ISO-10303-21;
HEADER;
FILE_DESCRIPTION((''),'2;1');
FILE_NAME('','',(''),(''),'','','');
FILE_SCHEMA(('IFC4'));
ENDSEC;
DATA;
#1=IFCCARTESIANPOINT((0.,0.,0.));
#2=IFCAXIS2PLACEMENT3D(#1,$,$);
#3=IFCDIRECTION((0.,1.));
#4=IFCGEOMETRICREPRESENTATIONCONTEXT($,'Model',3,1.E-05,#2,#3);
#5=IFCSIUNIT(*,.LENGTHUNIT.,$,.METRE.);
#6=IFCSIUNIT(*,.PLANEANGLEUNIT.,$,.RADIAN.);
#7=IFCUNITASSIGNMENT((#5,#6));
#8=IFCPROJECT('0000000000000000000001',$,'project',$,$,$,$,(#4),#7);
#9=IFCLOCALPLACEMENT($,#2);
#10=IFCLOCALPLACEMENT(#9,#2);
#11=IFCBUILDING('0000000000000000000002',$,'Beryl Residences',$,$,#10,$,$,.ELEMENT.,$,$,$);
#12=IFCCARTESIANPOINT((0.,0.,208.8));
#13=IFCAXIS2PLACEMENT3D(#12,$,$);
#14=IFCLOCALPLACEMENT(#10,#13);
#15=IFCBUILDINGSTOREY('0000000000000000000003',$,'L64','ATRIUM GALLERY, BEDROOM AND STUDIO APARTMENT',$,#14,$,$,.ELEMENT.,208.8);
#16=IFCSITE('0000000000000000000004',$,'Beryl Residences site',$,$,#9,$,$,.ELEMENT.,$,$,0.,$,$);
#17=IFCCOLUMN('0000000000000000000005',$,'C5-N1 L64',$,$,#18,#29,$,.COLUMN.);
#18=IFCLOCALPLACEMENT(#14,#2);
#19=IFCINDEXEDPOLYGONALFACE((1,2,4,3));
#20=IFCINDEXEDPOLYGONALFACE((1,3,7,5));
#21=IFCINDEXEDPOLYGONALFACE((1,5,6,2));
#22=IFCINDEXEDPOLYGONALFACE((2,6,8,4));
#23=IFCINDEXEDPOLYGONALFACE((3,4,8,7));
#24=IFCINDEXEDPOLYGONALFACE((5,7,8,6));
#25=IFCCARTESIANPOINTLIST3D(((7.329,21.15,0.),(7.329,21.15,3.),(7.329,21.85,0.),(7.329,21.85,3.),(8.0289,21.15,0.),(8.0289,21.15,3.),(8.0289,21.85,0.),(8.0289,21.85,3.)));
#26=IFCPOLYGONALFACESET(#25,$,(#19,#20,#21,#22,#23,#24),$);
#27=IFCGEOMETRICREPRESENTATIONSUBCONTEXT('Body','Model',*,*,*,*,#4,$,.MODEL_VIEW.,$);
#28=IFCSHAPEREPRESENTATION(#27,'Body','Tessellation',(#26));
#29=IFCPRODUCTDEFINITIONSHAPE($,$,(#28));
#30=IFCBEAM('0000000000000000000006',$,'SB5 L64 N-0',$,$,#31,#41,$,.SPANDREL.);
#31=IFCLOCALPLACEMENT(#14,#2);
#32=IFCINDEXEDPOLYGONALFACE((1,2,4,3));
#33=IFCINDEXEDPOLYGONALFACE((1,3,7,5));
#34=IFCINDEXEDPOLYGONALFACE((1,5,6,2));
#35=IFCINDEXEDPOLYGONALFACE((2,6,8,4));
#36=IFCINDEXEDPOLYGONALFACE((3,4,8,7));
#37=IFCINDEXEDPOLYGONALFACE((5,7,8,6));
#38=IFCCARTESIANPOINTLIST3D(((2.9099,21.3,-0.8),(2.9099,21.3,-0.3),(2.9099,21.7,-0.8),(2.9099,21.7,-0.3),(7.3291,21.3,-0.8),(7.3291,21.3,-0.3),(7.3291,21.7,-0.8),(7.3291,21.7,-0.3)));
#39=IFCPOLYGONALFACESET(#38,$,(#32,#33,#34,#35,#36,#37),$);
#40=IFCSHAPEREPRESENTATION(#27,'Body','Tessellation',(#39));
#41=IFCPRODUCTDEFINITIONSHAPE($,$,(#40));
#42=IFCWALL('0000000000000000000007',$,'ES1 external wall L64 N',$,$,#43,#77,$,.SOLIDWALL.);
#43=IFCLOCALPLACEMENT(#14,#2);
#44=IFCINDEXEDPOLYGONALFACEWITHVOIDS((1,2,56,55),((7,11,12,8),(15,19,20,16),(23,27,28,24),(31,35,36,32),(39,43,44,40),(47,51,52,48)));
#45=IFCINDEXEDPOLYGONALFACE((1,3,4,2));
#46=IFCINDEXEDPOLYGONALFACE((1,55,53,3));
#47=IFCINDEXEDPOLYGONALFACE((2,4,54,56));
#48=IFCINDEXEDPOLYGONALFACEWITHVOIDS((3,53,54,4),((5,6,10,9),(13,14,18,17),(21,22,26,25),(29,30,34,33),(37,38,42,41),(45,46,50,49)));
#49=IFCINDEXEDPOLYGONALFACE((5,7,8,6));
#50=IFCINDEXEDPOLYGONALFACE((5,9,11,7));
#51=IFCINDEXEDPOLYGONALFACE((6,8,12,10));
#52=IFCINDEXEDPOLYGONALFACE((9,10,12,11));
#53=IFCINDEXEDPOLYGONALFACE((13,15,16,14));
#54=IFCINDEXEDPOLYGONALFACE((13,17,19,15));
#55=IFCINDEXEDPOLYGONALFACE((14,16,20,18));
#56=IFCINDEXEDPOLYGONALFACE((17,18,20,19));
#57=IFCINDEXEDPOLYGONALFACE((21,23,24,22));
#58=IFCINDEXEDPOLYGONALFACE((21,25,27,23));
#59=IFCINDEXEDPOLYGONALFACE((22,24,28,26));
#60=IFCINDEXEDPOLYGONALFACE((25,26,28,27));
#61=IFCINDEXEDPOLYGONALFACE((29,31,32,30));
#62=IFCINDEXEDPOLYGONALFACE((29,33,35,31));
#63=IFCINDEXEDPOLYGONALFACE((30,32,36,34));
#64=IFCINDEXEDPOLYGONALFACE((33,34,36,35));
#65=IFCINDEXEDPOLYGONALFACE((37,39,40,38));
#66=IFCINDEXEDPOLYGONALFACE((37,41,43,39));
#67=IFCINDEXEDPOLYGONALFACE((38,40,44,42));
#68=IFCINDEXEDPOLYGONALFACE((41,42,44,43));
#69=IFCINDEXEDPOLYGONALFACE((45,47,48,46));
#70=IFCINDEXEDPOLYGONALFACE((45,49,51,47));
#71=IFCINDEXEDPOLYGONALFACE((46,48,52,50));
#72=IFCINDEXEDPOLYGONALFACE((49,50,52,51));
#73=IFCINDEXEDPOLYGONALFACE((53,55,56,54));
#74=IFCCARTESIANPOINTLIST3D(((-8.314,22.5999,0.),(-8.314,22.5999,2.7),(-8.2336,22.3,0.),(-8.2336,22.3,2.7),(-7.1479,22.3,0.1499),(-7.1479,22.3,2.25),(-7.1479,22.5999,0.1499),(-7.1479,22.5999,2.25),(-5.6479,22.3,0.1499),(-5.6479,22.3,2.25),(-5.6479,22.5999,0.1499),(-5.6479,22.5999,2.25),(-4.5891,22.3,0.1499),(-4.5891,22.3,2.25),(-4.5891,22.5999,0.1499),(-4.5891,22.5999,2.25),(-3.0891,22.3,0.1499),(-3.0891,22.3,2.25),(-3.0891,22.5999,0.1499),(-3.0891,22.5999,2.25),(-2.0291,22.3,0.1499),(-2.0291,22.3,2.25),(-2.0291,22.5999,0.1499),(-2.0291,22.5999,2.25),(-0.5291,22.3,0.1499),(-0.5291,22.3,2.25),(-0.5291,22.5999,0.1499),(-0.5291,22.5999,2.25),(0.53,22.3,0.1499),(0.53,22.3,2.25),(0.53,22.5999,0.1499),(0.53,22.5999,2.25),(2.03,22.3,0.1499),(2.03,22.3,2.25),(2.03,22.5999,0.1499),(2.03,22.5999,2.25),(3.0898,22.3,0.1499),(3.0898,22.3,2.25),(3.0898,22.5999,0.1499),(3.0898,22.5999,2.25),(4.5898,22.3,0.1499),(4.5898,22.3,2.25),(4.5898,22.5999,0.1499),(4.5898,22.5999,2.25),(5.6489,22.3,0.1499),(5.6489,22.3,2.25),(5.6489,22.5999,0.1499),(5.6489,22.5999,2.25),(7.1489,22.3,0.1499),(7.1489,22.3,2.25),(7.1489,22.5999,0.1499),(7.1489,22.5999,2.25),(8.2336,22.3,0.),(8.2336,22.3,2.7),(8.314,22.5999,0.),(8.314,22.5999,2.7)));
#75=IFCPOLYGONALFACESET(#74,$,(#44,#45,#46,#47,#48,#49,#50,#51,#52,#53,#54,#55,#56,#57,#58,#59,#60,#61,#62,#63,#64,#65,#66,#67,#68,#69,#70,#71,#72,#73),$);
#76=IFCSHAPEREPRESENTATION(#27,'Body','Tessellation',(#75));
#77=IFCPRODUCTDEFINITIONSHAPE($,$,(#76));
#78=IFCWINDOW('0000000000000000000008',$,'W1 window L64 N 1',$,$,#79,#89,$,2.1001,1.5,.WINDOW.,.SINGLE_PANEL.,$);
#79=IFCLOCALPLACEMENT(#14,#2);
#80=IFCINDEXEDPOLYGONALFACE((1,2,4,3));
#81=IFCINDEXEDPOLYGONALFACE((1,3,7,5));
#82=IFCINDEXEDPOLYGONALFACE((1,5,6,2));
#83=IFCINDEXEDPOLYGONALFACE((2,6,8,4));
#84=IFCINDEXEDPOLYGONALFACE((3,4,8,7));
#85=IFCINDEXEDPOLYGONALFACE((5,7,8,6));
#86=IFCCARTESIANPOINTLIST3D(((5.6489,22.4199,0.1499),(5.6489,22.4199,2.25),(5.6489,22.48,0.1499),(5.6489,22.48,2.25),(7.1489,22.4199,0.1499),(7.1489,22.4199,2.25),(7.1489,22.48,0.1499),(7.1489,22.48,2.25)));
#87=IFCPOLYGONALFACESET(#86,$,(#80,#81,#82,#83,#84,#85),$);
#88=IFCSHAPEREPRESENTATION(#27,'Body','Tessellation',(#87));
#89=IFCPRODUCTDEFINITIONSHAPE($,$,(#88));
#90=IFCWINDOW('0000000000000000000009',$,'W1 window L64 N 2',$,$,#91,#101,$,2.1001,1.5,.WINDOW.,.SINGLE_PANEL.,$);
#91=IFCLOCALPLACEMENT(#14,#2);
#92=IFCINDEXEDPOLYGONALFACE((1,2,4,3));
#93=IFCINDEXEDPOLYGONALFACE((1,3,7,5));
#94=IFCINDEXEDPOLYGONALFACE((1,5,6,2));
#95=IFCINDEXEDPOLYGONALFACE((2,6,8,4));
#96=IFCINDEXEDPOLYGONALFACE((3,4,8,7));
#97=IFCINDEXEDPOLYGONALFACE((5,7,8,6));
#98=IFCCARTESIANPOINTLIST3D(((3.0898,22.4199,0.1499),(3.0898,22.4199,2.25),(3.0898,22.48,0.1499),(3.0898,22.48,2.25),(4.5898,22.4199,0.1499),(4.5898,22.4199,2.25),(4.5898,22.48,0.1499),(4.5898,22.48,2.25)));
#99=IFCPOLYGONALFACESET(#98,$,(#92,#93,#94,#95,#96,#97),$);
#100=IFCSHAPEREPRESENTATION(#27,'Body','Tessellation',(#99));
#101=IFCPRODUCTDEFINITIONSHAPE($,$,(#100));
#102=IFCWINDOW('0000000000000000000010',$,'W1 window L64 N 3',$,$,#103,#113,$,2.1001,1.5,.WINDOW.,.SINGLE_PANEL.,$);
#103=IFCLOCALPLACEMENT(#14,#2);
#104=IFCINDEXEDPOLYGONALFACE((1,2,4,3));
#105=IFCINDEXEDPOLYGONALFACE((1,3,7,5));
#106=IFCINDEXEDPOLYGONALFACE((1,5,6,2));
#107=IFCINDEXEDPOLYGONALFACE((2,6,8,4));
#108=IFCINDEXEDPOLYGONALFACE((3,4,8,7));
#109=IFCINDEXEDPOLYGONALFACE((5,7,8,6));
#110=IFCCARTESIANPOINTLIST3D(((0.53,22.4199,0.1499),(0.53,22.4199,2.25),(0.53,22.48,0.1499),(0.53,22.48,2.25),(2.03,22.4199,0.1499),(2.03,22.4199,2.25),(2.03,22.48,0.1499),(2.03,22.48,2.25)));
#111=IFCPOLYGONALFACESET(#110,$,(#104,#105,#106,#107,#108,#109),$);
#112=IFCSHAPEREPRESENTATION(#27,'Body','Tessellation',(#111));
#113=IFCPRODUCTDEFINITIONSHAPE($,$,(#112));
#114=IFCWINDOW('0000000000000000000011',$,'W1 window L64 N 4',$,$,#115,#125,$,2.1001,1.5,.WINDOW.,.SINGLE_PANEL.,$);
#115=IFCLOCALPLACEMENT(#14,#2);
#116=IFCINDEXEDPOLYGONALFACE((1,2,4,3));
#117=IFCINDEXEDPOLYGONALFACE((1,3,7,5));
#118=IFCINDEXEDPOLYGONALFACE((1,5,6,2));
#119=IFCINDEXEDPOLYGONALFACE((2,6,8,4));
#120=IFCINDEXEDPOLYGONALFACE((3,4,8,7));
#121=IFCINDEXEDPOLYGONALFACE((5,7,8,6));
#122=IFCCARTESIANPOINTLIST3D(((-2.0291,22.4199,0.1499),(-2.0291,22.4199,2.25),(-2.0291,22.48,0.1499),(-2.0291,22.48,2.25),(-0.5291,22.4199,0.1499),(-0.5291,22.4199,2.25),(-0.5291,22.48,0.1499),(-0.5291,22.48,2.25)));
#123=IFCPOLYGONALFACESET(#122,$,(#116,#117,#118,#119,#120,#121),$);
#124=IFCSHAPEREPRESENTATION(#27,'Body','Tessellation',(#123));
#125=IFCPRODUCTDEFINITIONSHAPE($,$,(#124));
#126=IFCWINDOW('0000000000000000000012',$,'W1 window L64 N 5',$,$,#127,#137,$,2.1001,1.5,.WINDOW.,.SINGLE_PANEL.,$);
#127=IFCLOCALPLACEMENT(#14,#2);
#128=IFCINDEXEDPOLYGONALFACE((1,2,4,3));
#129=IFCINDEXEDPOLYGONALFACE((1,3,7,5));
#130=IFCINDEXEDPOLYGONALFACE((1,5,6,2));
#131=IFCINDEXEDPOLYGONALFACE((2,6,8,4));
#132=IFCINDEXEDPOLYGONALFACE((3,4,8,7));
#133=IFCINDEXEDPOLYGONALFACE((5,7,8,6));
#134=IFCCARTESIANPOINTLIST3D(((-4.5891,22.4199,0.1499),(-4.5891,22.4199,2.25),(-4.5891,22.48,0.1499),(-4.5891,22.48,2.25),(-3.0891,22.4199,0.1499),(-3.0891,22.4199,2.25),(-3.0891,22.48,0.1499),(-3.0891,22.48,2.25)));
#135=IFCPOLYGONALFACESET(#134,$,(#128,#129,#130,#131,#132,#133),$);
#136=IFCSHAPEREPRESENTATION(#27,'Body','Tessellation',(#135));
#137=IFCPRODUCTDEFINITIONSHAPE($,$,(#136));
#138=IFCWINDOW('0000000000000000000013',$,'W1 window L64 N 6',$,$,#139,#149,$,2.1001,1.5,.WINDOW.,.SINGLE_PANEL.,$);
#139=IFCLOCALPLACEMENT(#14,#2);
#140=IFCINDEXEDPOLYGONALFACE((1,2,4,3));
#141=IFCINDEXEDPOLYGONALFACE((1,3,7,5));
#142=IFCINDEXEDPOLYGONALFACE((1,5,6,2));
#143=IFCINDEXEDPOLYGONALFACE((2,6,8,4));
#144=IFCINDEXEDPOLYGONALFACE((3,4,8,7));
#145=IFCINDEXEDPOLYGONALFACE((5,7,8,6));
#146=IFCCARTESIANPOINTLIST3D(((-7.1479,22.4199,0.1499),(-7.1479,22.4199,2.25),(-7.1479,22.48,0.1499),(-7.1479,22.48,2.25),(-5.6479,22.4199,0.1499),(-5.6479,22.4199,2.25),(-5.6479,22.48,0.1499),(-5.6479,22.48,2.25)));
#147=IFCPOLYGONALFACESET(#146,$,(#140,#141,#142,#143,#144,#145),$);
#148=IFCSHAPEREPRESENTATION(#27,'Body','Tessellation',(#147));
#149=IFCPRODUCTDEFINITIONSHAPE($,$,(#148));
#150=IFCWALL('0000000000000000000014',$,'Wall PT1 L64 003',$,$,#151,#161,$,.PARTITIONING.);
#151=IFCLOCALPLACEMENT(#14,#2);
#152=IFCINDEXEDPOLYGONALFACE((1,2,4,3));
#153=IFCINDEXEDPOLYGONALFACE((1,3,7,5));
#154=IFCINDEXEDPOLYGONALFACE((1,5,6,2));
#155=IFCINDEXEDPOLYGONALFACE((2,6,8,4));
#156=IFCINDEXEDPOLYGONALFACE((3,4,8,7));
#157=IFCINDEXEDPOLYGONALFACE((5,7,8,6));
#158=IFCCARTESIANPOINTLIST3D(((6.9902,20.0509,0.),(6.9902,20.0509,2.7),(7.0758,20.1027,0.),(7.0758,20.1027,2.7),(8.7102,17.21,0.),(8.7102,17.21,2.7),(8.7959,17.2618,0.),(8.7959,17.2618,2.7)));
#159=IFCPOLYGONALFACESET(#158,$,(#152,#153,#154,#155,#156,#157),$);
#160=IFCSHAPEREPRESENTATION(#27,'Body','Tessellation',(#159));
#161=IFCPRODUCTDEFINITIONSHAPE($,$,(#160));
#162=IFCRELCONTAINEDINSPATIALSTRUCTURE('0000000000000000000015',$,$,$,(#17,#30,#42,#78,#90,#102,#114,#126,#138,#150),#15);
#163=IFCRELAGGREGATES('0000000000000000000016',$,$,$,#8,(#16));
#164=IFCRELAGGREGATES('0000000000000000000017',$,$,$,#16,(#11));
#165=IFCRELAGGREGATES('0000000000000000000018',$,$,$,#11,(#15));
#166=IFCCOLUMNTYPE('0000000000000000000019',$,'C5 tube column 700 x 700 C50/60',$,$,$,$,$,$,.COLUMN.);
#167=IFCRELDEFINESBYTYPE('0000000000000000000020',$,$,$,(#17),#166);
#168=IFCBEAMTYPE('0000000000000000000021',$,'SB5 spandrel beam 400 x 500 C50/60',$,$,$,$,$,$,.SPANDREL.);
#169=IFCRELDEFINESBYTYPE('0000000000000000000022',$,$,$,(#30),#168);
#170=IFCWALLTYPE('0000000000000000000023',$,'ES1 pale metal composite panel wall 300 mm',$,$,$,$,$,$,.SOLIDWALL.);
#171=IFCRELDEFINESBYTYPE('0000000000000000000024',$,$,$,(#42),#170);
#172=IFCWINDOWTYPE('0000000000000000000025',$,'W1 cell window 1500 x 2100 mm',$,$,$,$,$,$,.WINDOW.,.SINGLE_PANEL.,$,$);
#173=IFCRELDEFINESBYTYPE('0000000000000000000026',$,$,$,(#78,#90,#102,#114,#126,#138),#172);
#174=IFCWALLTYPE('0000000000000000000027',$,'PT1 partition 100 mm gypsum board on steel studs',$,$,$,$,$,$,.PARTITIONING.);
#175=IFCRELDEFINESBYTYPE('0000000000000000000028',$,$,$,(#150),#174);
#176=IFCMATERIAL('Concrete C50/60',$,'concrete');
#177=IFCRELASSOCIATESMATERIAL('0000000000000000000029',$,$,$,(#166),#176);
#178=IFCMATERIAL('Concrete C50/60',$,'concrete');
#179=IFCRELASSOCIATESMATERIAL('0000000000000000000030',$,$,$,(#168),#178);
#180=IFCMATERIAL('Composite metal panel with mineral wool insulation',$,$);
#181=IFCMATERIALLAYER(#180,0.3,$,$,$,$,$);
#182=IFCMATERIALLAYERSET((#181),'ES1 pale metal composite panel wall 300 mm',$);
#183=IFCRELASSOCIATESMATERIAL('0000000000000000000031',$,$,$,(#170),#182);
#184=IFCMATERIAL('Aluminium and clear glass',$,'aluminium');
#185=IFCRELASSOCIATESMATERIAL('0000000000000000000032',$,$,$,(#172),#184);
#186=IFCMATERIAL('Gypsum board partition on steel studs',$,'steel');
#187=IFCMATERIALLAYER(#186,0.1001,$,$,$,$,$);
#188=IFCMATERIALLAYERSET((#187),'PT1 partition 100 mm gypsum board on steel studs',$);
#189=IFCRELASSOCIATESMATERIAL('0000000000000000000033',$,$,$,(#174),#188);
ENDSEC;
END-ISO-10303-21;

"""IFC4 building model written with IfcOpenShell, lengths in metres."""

from ifc_helpers import new_model, si_unit, direction, frame, frame_2d, origin, origin_2d, place, context, subcontext, project, spatial, polyline, rectangle, outline, extrude, material, layer, layer_set, material_profile, profile_set, type_object, element, fill, save


model = new_model("IFC4")

# Units and contexts
model_context = context("Model", 3, precision=1e-05, world=origin(), true_north=direction((0.0, 1.0)))
body_context = subcontext(model_context, "Body", "Model", "MODEL_VIEW")
ifc_project = project(units=[si_unit("LENGTHUNIT", "METRE"), si_unit("PLANEANGLEUNIT", "RADIAN")], contexts=[model_context])

# Site, building, storey
site_placement = place(None, origin())
site = spatial("IfcSite", under=ifc_project, at=site_placement, Name="Beryl Residences site", CompositionType="ELEMENT", RefElevation=0.0)
building_placement = place(site_placement, origin())
building = spatial("IfcBuilding", under=site, at=building_placement, Name="Beryl Residences", CompositionType="ELEMENT")
storey_placement = place(building_placement, frame((0.0, 0.0, 208.8)))
storey = spatial("IfcBuildingStorey", under=building, at=storey_placement, Name="L64", Description="ATRIUM GALLERY, BEDROOM AND STUDIO APARTMENT", CompositionType="ELEMENT", Elevation=208.8)

# Column
ifc_material_1 = material(Name="Concrete C50/60", Category="concrete")
ifc_material_profile_1 = material_profile(ifc_material_1, rectangle(XDim=0.7, YDim=0.7, at=origin_2d()))
ifc_profile_set_1 = profile_set([ifc_material_profile_1], Name="Concrete C50/60")
column_type = type_object("IfcColumnType", Name="C5 tube column 700 x 700 C50/60", PredefinedType="COLUMN", material=ifc_profile_set_1)
column_placement = place(storey_placement, frame((7.679, 21.5, 0.0), z_axis=(0.0, 0.0, 1.0), x_axis=(-1.0, 0.0, 0.0)))
element("IfcColumn", 1, at=column_placement, inside=storey, type_object=column_type, Name="C5-N1 L64", PredefinedType="COLUMN", context=body_context, shape_type="SweptSolid", body=[
    extrude(rectangle(XDim=0.7, YDim=0.7, at=origin_2d()), origin(), (0.0, 0.0, 1.0), 3.0),
])

# Beam
ifc_material_2 = material(Name="Concrete C50/60", Category="concrete")
ifc_material_profile_2 = material_profile(ifc_material_2, rectangle(XDim=0.3999, YDim=0.5, at=origin_2d()))
ifc_profile_set_2 = profile_set([ifc_material_profile_2], Name="Concrete C50/60")
beam_type = type_object("IfcBeamType", Name="SB5 spandrel beam 400 x 500 C50/60", PredefinedType="SPANDREL", material=ifc_profile_set_2)
beam_placement = place(storey_placement, frame((7.3291, 21.5, -0.55), z_axis=(-1.0, 0.0, 0.0), x_axis=(0.0, -1.0, 0.0)))
element("IfcBeam", 2, at=beam_placement, inside=storey, type_object=beam_type, Name="SB5 L64 N-0", PredefinedType="SPANDREL", context=body_context, shape_type="SweptSolid", body=[
    extrude(rectangle(XDim=0.3999, YDim=0.5, at=origin_2d()), origin(), (0.0, 0.0, 1.0), 4.4192),
])

# Wall, openings, windows
ifc_material_3 = material(Name="Composite metal panel with mineral wool insulation")
ifc_layer_1 = layer(ifc_material_3, 0.3)
ifc_layer_set_1 = layer_set([ifc_layer_1], Name="ES1 pale metal composite panel wall 300 mm")
wall_type_1 = type_object("IfcWallType", Name="ES1 pale metal composite panel wall 300 mm", PredefinedType="SOLIDWALL", material=ifc_layer_set_1)
wall_1_placement = place(storey_placement, frame((8.314, 22.45, 0.0), z_axis=(0.0, 0.0, 1.0), x_axis=(-1.0, 0.0, 0.0)))
wall_1 = element("IfcWall", 3, at=wall_1_placement, inside=storey, type_object=wall_type_1, Name="ES1 external wall L64 N", PredefinedType="SOLIDWALL", context=body_context, shape_type="SweptSolid", body=[
    extrude(outline(polyline([(0.0, -0.1499), (16.6279, -0.1499), (16.5476, 0.1499), (0.0803, 0.1499), (0.0, -0.1499)])), origin(), (0.0, 0.0, 1.0), 2.7),
])
opening_1_placement = place(wall_1_placement, frame((1.165, 0.0, 0.1499)))
opening_1 = element("IfcOpeningElement", 4, at=opening_1_placement, cuts=wall_1, PredefinedType="OPENING", context=body_context, shape_type="SweptSolid", body=[
    extrude(rectangle(XDim=1.5, YDim=2.1001, at=frame_2d((0.75, 1.05))), frame((0.0, 0.1599, 0.0), z_axis=(0.0, -1.0, 0.0), x_axis=(1.0, 0.0, 0.0)), (0.0, 0.0, 1.0), 0.3201),
])
opening_2_placement = place(wall_1_placement, frame((3.7241, 0.0, 0.1499)))
opening_2 = element("IfcOpeningElement", 5, at=opening_2_placement, cuts=wall_1, PredefinedType="OPENING", context=body_context, shape_type="SweptSolid", body=[
    extrude(rectangle(XDim=1.5, YDim=2.1001, at=frame_2d((0.75, 1.05))), frame((0.0, 0.1599, 0.0), z_axis=(0.0, -1.0, 0.0), x_axis=(1.0, 0.0, 0.0)), (0.0, 0.0, 1.0), 0.3201),
])
opening_3_placement = place(wall_1_placement, frame((6.2839, 0.0, 0.1499)))
opening_3 = element("IfcOpeningElement", 6, at=opening_3_placement, cuts=wall_1, PredefinedType="OPENING", context=body_context, shape_type="SweptSolid", body=[
    extrude(rectangle(XDim=1.5, YDim=2.1001, at=frame_2d((0.75, 1.05))), frame((0.0, 0.1599, 0.0), z_axis=(0.0, -1.0, 0.0), x_axis=(1.0, 0.0, 0.0)), (0.0, 0.0, 1.0), 0.3201),
])
opening_4_placement = place(wall_1_placement, frame((8.843, 0.0, 0.1499)))
opening_4 = element("IfcOpeningElement", 7, at=opening_4_placement, cuts=wall_1, PredefinedType="OPENING", context=body_context, shape_type="SweptSolid", body=[
    extrude(rectangle(XDim=1.5, YDim=2.1001, at=frame_2d((0.75, 1.05))), frame((0.0, 0.1599, 0.0), z_axis=(0.0, -1.0, 0.0), x_axis=(1.0, 0.0, 0.0)), (0.0, 0.0, 1.0), 0.3201),
])
opening_5_placement = place(wall_1_placement, frame((11.4031, 0.0, 0.1499)))
opening_5 = element("IfcOpeningElement", 8, at=opening_5_placement, cuts=wall_1, PredefinedType="OPENING", context=body_context, shape_type="SweptSolid", body=[
    extrude(rectangle(XDim=1.5, YDim=2.1001, at=frame_2d((0.75, 1.05))), frame((0.0, 0.1599, 0.0), z_axis=(0.0, -1.0, 0.0), x_axis=(1.0, 0.0, 0.0)), (0.0, 0.0, 1.0), 0.3201),
])
opening_6_placement = place(wall_1_placement, frame((13.9619, 0.0, 0.1499)))
opening_6 = element("IfcOpeningElement", 9, at=opening_6_placement, cuts=wall_1, PredefinedType="OPENING", context=body_context, shape_type="SweptSolid", body=[
    extrude(rectangle(XDim=1.5, YDim=2.1001, at=frame_2d((0.75, 1.05))), frame((0.0, 0.1599, 0.0), z_axis=(0.0, -1.0, 0.0), x_axis=(1.0, 0.0, 0.0)), (0.0, 0.0, 1.0), 0.3201),
])
ifc_material_4 = material(Name="Aluminium and clear glass", Category="aluminium")
window_type = type_object("IfcWindowType", Name="W1 cell window 1500 x 2100 mm", PartitioningType="SINGLE_PANEL", PredefinedType="WINDOW", material=ifc_material_4)
window_1_placement = place(opening_1_placement, origin())
window_1 = element("IfcWindow", 10, at=window_1_placement, inside=storey, type_object=window_type, Name="W1 window L64 N 1", OverallHeight=2.1001, OverallWidth=1.5, PartitioningType="SINGLE_PANEL", PredefinedType="WINDOW", context=body_context, shape_type="SweptSolid", body=[
    extrude(rectangle(XDim=1.5, YDim=2.1001, at=frame_2d((0.75, 1.05))), frame((0.0, 0.03, 0.0), z_axis=(0.0, -1.0, 0.0), x_axis=(1.0, 0.0, 0.0)), (0.0, 0.0, 1.0), 0.0601),
])
fill(opening_1, window_1)
window_2_placement = place(opening_2_placement, origin())
window_2 = element("IfcWindow", 11, at=window_2_placement, inside=storey, type_object=window_type, Name="W1 window L64 N 2", OverallHeight=2.1001, OverallWidth=1.5, PartitioningType="SINGLE_PANEL", PredefinedType="WINDOW", context=body_context, shape_type="SweptSolid", body=[
    extrude(rectangle(XDim=1.5, YDim=2.1001, at=frame_2d((0.75, 1.05))), frame((0.0, 0.03, 0.0), z_axis=(0.0, -1.0, 0.0), x_axis=(1.0, 0.0, 0.0)), (0.0, 0.0, 1.0), 0.0601),
])
fill(opening_2, window_2)
window_3_placement = place(opening_3_placement, origin())
window_3 = element("IfcWindow", 12, at=window_3_placement, inside=storey, type_object=window_type, Name="W1 window L64 N 3", OverallHeight=2.1001, OverallWidth=1.5, PartitioningType="SINGLE_PANEL", PredefinedType="WINDOW", context=body_context, shape_type="SweptSolid", body=[
    extrude(rectangle(XDim=1.5, YDim=2.1001, at=frame_2d((0.75, 1.05))), frame((0.0, 0.03, 0.0), z_axis=(0.0, -1.0, 0.0), x_axis=(1.0, 0.0, 0.0)), (0.0, 0.0, 1.0), 0.0601),
])
fill(opening_3, window_3)
window_4_placement = place(opening_4_placement, origin())
window_4 = element("IfcWindow", 13, at=window_4_placement, inside=storey, type_object=window_type, Name="W1 window L64 N 4", OverallHeight=2.1001, OverallWidth=1.5, PartitioningType="SINGLE_PANEL", PredefinedType="WINDOW", context=body_context, shape_type="SweptSolid", body=[
    extrude(rectangle(XDim=1.5, YDim=2.1001, at=frame_2d((0.75, 1.05))), frame((0.0, 0.03, 0.0), z_axis=(0.0, -1.0, 0.0), x_axis=(1.0, 0.0, 0.0)), (0.0, 0.0, 1.0), 0.0601),
])
fill(opening_4, window_4)
window_5_placement = place(opening_5_placement, origin())
window_5 = element("IfcWindow", 14, at=window_5_placement, inside=storey, type_object=window_type, Name="W1 window L64 N 5", OverallHeight=2.1001, OverallWidth=1.5, PartitioningType="SINGLE_PANEL", PredefinedType="WINDOW", context=body_context, shape_type="SweptSolid", body=[
    extrude(rectangle(XDim=1.5, YDim=2.1001, at=frame_2d((0.75, 1.05))), frame((0.0, 0.03, 0.0), z_axis=(0.0, -1.0, 0.0), x_axis=(1.0, 0.0, 0.0)), (0.0, 0.0, 1.0), 0.0601),
])
fill(opening_5, window_5)
window_6_placement = place(opening_6_placement, origin())
window_6 = element("IfcWindow", 15, at=window_6_placement, inside=storey, type_object=window_type, Name="W1 window L64 N 6", OverallHeight=2.1001, OverallWidth=1.5, PartitioningType="SINGLE_PANEL", PredefinedType="WINDOW", context=body_context, shape_type="SweptSolid", body=[
    extrude(rectangle(XDim=1.5, YDim=2.1001, at=frame_2d((0.75, 1.05))), frame((0.0, 0.03, 0.0), z_axis=(0.0, -1.0, 0.0), x_axis=(1.0, 0.0, 0.0)), (0.0, 0.0, 1.0), 0.0601),
])
fill(opening_6, window_6)

# Wall
ifc_material_5 = material(Name="Gypsum board partition on steel studs", Category="steel")
ifc_layer_2 = layer(ifc_material_5, 0.1001)
ifc_layer_set_2 = layer_set([ifc_layer_2], Name="PT1 partition 100 mm gypsum board on steel studs")
wall_type_2 = type_object("IfcWallType", Name="PT1 partition 100 mm gypsum board on steel studs", PredefinedType="PARTITIONING", material=ifc_layer_set_2)
wall_2_placement = place(storey_placement, frame((7.033, 20.0769, 0.0), z_axis=(0.0, 0.0, 1.0), x_axis=(0.517919, -0.85543, 0.0)))
element("IfcWall", 16, at=wall_2_placement, inside=storey, type_object=wall_type_2, Name="Wall PT1 L64 003", PredefinedType="PARTITIONING", context=body_context, shape_type="SweptSolid", body=[
    extrude(rectangle(XDim=3.321, YDim=0.1001, at=frame_2d((1.6606, 0.0))), origin(), (0.0, 0.0, 1.0), 2.7),
])

save(model, "model.ifc")
